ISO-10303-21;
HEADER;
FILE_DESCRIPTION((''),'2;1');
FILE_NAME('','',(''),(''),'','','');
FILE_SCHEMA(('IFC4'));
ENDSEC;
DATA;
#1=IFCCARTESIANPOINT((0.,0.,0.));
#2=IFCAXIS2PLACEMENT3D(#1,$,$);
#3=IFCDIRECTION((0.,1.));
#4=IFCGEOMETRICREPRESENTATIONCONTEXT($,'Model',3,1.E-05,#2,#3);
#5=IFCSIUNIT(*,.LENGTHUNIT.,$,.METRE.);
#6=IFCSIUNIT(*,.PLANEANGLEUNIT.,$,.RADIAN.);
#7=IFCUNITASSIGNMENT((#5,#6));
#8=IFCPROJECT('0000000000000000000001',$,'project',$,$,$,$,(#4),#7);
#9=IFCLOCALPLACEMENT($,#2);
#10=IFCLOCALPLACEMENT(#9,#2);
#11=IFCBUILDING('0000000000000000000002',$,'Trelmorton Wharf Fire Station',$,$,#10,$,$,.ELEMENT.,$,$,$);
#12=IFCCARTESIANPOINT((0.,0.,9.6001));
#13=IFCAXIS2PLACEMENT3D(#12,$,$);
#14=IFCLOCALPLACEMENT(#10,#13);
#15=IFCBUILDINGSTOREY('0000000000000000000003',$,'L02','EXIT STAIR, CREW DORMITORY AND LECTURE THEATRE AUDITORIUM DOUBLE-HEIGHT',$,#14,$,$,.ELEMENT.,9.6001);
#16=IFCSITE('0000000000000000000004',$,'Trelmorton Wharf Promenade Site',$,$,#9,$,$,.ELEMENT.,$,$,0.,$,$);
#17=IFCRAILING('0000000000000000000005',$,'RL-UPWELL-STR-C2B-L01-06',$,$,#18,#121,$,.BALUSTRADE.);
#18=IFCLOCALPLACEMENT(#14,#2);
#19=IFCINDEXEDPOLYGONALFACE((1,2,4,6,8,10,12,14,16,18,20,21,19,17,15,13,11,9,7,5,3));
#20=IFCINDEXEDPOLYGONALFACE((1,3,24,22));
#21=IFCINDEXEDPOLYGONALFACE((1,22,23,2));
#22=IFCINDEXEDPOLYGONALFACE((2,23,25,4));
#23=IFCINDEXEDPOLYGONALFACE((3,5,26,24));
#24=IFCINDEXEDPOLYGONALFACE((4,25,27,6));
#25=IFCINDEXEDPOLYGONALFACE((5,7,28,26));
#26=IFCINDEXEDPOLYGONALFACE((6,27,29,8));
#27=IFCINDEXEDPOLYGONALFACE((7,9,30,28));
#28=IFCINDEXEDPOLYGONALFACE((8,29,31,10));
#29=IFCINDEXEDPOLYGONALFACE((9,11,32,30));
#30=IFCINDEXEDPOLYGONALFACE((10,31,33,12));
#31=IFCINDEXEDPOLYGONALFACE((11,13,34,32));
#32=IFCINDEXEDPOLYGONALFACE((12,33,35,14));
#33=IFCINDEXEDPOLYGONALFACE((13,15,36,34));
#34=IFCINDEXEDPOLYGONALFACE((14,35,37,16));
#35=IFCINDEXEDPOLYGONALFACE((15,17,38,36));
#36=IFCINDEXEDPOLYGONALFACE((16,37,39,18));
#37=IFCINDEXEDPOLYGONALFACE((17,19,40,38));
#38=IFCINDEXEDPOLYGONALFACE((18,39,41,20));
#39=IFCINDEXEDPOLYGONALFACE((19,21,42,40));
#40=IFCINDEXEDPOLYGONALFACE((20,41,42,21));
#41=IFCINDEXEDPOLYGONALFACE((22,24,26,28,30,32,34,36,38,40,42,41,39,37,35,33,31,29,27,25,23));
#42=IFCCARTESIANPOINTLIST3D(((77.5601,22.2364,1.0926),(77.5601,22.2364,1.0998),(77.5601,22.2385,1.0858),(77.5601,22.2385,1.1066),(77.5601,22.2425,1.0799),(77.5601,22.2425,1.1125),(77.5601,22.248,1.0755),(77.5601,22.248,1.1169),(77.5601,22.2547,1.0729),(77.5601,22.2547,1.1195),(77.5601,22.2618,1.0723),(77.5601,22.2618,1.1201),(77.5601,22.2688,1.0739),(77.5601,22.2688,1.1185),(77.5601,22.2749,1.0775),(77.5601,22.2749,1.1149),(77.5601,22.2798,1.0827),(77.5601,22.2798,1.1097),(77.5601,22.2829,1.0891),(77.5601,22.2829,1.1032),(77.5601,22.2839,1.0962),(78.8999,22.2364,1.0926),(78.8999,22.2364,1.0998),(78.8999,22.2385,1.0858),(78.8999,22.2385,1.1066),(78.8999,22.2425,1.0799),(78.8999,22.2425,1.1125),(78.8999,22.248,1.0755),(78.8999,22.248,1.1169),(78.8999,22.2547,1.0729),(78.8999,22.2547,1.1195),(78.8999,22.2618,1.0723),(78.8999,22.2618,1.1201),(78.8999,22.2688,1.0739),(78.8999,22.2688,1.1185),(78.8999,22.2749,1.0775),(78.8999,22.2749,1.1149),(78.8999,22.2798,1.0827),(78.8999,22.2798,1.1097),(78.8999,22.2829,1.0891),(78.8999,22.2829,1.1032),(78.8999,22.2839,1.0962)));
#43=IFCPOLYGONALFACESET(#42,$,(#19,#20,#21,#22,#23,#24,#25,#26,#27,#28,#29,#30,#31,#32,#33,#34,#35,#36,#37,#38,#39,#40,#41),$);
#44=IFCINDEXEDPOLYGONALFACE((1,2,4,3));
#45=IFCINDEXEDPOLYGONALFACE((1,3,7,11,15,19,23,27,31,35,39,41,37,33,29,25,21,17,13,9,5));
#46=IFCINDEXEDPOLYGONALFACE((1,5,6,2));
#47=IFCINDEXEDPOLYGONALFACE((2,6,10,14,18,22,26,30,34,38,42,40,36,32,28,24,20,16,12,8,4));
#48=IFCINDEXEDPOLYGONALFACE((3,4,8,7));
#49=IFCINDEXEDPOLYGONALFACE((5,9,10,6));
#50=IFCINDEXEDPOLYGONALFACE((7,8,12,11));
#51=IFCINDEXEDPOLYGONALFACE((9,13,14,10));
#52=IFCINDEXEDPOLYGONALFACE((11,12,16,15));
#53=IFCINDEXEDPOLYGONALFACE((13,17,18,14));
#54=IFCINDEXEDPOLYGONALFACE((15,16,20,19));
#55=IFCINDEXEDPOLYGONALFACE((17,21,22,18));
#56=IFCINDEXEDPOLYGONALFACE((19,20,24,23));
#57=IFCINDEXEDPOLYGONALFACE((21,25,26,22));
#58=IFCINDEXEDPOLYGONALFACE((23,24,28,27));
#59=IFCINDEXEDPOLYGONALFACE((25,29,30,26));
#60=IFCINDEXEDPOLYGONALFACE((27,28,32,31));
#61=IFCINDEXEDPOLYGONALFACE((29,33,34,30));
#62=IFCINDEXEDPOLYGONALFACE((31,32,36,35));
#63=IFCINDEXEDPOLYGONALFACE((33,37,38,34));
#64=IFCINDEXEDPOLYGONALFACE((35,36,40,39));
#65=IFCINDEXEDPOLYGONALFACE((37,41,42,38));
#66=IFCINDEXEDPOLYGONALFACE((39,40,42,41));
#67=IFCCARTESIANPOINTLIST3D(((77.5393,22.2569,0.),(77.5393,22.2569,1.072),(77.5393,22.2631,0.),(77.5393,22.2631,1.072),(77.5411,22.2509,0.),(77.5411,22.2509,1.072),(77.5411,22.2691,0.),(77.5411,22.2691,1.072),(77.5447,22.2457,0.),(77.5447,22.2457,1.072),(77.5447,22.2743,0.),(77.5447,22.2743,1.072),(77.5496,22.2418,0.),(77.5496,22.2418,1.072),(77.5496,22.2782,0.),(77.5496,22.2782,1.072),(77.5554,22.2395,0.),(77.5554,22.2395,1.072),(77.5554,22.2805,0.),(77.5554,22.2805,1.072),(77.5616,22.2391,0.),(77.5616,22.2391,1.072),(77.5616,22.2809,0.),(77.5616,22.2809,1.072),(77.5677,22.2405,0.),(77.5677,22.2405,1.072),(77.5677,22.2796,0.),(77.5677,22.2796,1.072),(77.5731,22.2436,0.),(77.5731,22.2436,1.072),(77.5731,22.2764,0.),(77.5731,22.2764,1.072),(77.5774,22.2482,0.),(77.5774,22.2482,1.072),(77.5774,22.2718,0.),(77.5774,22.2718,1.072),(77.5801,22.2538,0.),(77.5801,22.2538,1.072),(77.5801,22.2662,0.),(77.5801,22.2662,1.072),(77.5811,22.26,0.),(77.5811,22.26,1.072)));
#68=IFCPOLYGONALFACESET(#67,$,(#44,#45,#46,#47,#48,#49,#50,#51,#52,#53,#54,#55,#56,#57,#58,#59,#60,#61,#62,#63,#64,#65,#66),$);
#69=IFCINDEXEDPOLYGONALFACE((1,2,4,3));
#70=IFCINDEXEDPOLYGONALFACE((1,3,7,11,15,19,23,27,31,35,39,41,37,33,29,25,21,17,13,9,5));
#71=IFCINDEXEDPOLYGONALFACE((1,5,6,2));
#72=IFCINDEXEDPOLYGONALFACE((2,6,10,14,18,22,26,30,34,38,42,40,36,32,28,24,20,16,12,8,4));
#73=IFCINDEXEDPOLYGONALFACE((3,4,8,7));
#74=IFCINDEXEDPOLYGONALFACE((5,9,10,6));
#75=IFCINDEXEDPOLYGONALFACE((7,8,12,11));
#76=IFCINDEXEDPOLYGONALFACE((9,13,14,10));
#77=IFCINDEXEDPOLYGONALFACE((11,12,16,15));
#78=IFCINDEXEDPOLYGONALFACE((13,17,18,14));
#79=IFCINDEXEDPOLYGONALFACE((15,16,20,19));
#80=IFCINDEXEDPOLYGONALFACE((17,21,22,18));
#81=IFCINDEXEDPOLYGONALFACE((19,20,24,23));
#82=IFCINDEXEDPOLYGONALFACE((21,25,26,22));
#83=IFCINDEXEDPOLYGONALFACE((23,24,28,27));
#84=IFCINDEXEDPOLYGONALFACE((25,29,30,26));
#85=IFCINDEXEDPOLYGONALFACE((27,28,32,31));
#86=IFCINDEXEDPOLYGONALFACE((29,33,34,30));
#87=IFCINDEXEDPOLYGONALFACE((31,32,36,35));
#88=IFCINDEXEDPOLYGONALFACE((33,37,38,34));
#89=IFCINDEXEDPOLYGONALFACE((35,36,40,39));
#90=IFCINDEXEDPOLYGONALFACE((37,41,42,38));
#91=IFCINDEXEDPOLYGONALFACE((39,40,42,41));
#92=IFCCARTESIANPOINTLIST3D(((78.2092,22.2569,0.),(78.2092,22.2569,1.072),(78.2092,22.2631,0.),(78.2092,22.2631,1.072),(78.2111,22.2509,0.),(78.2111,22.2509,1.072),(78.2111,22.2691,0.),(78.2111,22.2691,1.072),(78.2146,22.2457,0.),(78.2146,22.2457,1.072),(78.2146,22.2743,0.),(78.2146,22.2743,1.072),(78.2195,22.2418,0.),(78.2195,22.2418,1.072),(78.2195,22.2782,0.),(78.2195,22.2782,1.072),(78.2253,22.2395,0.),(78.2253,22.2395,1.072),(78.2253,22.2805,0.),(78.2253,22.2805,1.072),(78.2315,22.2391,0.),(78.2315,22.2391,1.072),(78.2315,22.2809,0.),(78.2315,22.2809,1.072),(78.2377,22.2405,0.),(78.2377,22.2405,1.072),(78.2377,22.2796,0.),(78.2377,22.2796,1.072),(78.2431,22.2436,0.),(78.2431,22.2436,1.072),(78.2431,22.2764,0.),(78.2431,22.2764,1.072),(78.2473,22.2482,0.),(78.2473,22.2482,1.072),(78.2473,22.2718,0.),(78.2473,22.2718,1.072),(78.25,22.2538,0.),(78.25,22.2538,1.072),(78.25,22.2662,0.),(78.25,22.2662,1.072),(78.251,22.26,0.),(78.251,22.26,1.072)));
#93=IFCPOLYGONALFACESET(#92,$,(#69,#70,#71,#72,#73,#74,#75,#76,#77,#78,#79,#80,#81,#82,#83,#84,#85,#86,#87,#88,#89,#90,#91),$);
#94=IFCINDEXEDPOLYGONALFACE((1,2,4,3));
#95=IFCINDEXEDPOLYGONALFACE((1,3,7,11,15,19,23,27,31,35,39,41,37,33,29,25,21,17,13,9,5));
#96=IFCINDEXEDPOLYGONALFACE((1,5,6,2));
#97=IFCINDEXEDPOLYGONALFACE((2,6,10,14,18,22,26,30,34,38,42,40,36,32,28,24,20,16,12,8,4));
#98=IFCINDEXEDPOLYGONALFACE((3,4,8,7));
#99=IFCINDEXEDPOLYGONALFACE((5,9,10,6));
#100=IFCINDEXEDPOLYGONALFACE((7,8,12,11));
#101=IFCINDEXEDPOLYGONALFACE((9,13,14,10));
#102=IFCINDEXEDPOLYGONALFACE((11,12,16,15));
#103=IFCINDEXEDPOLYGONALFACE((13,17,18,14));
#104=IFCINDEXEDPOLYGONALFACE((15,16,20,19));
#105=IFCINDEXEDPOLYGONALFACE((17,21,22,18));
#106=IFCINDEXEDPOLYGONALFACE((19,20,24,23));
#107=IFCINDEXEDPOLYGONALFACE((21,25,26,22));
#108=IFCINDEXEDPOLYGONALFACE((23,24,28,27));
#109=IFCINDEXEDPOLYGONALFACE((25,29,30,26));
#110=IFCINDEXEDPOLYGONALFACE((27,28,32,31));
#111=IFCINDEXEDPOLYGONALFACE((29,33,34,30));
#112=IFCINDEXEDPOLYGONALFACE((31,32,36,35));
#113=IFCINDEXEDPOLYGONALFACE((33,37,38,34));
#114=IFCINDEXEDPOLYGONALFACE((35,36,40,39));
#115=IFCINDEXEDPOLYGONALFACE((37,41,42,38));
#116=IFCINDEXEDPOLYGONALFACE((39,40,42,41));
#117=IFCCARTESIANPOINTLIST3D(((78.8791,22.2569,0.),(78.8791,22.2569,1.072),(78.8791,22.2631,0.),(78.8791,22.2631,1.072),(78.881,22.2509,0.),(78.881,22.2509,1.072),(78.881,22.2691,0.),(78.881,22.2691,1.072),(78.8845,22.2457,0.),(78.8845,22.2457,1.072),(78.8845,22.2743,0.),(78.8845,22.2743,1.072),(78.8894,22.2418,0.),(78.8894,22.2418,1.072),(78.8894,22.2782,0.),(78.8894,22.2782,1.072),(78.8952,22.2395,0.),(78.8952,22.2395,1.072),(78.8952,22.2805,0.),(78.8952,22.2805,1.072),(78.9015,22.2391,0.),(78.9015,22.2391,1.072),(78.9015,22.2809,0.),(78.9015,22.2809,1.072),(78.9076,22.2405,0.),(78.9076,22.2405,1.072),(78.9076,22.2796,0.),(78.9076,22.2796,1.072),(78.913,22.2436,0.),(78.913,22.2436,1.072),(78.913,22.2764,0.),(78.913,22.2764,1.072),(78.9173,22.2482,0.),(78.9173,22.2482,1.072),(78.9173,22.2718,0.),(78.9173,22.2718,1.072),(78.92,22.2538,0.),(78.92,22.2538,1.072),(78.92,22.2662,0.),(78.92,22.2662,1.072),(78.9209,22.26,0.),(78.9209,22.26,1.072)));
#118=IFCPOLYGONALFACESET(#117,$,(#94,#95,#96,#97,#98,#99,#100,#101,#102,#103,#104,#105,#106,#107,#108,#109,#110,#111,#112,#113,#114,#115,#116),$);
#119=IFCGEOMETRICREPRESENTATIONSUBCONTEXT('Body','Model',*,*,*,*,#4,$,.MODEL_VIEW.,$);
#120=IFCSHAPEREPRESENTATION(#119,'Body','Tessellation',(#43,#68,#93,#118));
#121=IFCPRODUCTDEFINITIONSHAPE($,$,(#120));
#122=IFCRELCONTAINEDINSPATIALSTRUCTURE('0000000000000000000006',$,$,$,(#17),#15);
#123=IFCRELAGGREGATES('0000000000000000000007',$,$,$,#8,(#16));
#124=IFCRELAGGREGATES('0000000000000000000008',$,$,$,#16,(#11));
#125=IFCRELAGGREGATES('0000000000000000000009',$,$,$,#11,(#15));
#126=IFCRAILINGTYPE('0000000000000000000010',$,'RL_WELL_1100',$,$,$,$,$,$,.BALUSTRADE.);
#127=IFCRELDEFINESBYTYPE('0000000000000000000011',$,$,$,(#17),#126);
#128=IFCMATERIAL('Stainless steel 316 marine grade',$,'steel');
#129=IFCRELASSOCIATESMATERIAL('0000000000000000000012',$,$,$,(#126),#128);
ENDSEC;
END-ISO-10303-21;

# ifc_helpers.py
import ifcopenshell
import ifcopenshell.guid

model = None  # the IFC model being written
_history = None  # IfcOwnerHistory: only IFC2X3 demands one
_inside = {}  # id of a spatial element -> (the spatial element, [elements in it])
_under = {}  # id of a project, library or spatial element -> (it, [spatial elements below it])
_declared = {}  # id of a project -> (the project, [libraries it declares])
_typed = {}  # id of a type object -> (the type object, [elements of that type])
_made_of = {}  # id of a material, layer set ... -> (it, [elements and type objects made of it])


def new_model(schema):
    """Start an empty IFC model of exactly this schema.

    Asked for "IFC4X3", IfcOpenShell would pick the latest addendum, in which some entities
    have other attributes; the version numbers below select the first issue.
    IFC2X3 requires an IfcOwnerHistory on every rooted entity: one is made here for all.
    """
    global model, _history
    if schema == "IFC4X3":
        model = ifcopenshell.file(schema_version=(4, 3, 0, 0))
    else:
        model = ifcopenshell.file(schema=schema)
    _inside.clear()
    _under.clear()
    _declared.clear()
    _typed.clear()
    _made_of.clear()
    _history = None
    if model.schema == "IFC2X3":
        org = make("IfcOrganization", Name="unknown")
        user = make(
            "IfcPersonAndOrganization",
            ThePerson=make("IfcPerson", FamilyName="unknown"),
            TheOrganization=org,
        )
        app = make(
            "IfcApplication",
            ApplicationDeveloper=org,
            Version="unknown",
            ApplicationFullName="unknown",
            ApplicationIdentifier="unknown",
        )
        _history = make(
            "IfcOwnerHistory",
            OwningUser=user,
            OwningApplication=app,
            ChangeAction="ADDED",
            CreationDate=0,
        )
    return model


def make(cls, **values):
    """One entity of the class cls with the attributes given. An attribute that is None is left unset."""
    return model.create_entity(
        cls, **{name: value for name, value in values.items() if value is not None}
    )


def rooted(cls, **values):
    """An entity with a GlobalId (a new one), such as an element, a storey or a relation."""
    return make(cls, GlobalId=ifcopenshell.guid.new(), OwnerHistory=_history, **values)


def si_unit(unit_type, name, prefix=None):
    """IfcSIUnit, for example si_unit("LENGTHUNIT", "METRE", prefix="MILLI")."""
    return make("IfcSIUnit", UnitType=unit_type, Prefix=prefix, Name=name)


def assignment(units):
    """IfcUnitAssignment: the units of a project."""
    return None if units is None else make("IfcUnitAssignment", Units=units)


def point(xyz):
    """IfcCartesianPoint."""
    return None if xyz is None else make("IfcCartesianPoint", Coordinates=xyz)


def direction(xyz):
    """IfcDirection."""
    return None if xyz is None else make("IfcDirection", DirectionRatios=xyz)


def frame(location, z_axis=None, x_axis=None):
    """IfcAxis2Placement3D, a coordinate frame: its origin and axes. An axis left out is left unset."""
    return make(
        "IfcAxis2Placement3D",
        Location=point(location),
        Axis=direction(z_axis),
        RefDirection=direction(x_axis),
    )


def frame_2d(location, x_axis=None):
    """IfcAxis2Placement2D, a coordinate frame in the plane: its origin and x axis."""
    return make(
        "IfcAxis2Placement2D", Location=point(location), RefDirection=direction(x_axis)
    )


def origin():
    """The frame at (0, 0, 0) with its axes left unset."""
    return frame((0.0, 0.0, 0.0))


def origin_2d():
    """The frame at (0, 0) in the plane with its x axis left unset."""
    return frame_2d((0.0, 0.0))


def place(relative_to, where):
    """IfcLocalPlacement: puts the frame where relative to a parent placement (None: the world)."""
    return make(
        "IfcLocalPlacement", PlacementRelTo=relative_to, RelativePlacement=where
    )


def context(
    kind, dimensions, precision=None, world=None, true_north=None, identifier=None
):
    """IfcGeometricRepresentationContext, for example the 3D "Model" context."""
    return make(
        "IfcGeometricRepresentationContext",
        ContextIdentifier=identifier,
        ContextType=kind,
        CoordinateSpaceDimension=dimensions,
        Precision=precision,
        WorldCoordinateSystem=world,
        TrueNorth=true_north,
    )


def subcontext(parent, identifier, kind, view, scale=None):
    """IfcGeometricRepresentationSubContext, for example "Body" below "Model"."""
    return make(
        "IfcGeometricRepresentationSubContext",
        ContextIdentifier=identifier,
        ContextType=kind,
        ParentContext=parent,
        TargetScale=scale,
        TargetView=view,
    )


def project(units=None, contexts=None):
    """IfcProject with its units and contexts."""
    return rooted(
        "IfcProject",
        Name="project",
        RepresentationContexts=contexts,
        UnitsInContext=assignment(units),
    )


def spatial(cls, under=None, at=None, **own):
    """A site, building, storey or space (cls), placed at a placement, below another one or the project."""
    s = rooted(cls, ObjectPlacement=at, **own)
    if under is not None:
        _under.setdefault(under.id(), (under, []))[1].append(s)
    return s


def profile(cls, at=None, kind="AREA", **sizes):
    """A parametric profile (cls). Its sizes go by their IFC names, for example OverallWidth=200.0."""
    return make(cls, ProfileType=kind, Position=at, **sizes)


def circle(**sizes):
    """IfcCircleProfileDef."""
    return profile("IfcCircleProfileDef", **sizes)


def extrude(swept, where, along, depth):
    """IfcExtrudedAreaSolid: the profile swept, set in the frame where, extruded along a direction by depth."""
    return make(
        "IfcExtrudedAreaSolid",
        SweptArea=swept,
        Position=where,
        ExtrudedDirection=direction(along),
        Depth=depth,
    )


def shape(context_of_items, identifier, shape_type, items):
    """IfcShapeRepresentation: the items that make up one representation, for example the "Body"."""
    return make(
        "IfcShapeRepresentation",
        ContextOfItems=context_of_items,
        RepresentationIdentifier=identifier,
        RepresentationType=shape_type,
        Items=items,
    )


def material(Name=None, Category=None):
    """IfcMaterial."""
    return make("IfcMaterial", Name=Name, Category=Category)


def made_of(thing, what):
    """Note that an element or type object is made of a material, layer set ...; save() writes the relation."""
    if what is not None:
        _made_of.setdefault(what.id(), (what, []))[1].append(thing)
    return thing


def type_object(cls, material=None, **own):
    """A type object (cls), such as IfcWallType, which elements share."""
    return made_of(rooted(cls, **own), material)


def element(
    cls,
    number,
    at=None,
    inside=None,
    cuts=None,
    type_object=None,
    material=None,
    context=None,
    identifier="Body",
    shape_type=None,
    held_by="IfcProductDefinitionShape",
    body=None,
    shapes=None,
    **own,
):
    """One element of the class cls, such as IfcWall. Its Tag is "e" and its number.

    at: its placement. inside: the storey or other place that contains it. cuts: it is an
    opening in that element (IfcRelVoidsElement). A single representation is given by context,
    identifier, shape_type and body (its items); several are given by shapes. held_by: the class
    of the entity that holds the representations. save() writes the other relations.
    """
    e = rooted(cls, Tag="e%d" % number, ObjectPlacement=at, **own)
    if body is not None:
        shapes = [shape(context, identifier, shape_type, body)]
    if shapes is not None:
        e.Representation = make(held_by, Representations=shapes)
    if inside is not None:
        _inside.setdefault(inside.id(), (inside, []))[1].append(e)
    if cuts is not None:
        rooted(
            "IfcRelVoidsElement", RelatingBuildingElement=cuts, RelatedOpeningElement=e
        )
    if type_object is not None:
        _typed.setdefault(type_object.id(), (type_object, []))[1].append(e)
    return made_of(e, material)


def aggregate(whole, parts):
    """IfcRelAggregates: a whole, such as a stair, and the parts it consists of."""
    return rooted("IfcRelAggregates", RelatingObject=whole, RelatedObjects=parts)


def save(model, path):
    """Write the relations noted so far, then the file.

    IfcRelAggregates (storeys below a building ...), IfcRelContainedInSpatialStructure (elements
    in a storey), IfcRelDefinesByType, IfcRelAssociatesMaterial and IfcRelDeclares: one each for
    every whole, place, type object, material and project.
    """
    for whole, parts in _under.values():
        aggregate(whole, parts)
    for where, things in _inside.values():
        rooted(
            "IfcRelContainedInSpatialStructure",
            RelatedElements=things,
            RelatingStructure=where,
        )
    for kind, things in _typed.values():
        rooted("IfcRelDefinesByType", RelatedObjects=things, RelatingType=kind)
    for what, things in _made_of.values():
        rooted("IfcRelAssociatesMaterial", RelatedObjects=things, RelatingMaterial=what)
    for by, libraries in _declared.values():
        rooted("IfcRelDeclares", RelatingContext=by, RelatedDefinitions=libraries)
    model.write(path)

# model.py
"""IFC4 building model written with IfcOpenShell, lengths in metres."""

from ifc_helpers import new_model, si_unit, direction, frame, origin, origin_2d, place, context, subcontext, project, spatial, circle, extrude, material, type_object, element, save


model = new_model("IFC4")

# Units and contexts
model_context = context("Model", 3, precision=1e-05, world=origin(), true_north=direction((0.0, 1.0)))
body_context = subcontext(model_context, "Body", "Model", "MODEL_VIEW")
ifc_project = project(units=[si_unit("LENGTHUNIT", "METRE"), si_unit("PLANEANGLEUNIT", "RADIAN")], contexts=[model_context])

# Site, building, storey
site_placement = place(None, origin())
site = spatial("IfcSite", under=ifc_project, at=site_placement, Name="Trelmorton Wharf Promenade Site", CompositionType="ELEMENT", RefElevation=0.0)
building_placement = place(site_placement, origin())
building = spatial("IfcBuilding", under=site, at=building_placement, Name="Trelmorton Wharf Fire Station", CompositionType="ELEMENT")
storey_placement = place(building_placement, frame((0.0, 0.0, 9.6001)))
storey = spatial("IfcBuildingStorey", under=building, at=storey_placement, Name="L02", Description="EXIT STAIR, CREW DORMITORY AND LECTURE THEATRE AUDITORIUM DOUBLE-HEIGHT", CompositionType="ELEMENT", Elevation=9.6001)

# Shared definitions
ifc_material_1 = material(Name="Stainless steel 316 marine grade", Category="steel")

# Railing
railing_type_1 = type_object("IfcRailingType", Name="RL_WELL_1100", PredefinedType="BALUSTRADE", material=ifc_material_1)
railing_1_placement = place(storey_placement, frame((77.5601, 22.26, 0.0)))
element("IfcRailing", 1, at=railing_1_placement, inside=storey, type_object=railing_type_1, Name="RL-UPWELL-STR-C2B-L01-06", PredefinedType="BALUSTRADE", context=body_context, shape_type="SweptSolid", body=[
    extrude(circle(Radius=0.0239, at=origin_2d()), frame((0.0, 0.0, 1.0962), z_axis=(1.0, 0.0, 0.0), x_axis=(0.0, 1.0, 0.0)), (0.0, 0.0, 1.0), 1.3398),
    extrude(circle(Radius=0.021, at=origin_2d()), origin(), (0.0, 0.0, 1.0), 1.072),
    extrude(circle(Radius=0.021, at=origin_2d()), frame((0.6699, 0.0, 0.0)), (0.0, 0.0, 1.0), 1.072),
    extrude(circle(Radius=0.021, at=origin_2d()), frame((1.3398, 0.0, 0.0)), (0.0, 0.0, 1.0), 1.072),
])

save(model, "model.ifc")
